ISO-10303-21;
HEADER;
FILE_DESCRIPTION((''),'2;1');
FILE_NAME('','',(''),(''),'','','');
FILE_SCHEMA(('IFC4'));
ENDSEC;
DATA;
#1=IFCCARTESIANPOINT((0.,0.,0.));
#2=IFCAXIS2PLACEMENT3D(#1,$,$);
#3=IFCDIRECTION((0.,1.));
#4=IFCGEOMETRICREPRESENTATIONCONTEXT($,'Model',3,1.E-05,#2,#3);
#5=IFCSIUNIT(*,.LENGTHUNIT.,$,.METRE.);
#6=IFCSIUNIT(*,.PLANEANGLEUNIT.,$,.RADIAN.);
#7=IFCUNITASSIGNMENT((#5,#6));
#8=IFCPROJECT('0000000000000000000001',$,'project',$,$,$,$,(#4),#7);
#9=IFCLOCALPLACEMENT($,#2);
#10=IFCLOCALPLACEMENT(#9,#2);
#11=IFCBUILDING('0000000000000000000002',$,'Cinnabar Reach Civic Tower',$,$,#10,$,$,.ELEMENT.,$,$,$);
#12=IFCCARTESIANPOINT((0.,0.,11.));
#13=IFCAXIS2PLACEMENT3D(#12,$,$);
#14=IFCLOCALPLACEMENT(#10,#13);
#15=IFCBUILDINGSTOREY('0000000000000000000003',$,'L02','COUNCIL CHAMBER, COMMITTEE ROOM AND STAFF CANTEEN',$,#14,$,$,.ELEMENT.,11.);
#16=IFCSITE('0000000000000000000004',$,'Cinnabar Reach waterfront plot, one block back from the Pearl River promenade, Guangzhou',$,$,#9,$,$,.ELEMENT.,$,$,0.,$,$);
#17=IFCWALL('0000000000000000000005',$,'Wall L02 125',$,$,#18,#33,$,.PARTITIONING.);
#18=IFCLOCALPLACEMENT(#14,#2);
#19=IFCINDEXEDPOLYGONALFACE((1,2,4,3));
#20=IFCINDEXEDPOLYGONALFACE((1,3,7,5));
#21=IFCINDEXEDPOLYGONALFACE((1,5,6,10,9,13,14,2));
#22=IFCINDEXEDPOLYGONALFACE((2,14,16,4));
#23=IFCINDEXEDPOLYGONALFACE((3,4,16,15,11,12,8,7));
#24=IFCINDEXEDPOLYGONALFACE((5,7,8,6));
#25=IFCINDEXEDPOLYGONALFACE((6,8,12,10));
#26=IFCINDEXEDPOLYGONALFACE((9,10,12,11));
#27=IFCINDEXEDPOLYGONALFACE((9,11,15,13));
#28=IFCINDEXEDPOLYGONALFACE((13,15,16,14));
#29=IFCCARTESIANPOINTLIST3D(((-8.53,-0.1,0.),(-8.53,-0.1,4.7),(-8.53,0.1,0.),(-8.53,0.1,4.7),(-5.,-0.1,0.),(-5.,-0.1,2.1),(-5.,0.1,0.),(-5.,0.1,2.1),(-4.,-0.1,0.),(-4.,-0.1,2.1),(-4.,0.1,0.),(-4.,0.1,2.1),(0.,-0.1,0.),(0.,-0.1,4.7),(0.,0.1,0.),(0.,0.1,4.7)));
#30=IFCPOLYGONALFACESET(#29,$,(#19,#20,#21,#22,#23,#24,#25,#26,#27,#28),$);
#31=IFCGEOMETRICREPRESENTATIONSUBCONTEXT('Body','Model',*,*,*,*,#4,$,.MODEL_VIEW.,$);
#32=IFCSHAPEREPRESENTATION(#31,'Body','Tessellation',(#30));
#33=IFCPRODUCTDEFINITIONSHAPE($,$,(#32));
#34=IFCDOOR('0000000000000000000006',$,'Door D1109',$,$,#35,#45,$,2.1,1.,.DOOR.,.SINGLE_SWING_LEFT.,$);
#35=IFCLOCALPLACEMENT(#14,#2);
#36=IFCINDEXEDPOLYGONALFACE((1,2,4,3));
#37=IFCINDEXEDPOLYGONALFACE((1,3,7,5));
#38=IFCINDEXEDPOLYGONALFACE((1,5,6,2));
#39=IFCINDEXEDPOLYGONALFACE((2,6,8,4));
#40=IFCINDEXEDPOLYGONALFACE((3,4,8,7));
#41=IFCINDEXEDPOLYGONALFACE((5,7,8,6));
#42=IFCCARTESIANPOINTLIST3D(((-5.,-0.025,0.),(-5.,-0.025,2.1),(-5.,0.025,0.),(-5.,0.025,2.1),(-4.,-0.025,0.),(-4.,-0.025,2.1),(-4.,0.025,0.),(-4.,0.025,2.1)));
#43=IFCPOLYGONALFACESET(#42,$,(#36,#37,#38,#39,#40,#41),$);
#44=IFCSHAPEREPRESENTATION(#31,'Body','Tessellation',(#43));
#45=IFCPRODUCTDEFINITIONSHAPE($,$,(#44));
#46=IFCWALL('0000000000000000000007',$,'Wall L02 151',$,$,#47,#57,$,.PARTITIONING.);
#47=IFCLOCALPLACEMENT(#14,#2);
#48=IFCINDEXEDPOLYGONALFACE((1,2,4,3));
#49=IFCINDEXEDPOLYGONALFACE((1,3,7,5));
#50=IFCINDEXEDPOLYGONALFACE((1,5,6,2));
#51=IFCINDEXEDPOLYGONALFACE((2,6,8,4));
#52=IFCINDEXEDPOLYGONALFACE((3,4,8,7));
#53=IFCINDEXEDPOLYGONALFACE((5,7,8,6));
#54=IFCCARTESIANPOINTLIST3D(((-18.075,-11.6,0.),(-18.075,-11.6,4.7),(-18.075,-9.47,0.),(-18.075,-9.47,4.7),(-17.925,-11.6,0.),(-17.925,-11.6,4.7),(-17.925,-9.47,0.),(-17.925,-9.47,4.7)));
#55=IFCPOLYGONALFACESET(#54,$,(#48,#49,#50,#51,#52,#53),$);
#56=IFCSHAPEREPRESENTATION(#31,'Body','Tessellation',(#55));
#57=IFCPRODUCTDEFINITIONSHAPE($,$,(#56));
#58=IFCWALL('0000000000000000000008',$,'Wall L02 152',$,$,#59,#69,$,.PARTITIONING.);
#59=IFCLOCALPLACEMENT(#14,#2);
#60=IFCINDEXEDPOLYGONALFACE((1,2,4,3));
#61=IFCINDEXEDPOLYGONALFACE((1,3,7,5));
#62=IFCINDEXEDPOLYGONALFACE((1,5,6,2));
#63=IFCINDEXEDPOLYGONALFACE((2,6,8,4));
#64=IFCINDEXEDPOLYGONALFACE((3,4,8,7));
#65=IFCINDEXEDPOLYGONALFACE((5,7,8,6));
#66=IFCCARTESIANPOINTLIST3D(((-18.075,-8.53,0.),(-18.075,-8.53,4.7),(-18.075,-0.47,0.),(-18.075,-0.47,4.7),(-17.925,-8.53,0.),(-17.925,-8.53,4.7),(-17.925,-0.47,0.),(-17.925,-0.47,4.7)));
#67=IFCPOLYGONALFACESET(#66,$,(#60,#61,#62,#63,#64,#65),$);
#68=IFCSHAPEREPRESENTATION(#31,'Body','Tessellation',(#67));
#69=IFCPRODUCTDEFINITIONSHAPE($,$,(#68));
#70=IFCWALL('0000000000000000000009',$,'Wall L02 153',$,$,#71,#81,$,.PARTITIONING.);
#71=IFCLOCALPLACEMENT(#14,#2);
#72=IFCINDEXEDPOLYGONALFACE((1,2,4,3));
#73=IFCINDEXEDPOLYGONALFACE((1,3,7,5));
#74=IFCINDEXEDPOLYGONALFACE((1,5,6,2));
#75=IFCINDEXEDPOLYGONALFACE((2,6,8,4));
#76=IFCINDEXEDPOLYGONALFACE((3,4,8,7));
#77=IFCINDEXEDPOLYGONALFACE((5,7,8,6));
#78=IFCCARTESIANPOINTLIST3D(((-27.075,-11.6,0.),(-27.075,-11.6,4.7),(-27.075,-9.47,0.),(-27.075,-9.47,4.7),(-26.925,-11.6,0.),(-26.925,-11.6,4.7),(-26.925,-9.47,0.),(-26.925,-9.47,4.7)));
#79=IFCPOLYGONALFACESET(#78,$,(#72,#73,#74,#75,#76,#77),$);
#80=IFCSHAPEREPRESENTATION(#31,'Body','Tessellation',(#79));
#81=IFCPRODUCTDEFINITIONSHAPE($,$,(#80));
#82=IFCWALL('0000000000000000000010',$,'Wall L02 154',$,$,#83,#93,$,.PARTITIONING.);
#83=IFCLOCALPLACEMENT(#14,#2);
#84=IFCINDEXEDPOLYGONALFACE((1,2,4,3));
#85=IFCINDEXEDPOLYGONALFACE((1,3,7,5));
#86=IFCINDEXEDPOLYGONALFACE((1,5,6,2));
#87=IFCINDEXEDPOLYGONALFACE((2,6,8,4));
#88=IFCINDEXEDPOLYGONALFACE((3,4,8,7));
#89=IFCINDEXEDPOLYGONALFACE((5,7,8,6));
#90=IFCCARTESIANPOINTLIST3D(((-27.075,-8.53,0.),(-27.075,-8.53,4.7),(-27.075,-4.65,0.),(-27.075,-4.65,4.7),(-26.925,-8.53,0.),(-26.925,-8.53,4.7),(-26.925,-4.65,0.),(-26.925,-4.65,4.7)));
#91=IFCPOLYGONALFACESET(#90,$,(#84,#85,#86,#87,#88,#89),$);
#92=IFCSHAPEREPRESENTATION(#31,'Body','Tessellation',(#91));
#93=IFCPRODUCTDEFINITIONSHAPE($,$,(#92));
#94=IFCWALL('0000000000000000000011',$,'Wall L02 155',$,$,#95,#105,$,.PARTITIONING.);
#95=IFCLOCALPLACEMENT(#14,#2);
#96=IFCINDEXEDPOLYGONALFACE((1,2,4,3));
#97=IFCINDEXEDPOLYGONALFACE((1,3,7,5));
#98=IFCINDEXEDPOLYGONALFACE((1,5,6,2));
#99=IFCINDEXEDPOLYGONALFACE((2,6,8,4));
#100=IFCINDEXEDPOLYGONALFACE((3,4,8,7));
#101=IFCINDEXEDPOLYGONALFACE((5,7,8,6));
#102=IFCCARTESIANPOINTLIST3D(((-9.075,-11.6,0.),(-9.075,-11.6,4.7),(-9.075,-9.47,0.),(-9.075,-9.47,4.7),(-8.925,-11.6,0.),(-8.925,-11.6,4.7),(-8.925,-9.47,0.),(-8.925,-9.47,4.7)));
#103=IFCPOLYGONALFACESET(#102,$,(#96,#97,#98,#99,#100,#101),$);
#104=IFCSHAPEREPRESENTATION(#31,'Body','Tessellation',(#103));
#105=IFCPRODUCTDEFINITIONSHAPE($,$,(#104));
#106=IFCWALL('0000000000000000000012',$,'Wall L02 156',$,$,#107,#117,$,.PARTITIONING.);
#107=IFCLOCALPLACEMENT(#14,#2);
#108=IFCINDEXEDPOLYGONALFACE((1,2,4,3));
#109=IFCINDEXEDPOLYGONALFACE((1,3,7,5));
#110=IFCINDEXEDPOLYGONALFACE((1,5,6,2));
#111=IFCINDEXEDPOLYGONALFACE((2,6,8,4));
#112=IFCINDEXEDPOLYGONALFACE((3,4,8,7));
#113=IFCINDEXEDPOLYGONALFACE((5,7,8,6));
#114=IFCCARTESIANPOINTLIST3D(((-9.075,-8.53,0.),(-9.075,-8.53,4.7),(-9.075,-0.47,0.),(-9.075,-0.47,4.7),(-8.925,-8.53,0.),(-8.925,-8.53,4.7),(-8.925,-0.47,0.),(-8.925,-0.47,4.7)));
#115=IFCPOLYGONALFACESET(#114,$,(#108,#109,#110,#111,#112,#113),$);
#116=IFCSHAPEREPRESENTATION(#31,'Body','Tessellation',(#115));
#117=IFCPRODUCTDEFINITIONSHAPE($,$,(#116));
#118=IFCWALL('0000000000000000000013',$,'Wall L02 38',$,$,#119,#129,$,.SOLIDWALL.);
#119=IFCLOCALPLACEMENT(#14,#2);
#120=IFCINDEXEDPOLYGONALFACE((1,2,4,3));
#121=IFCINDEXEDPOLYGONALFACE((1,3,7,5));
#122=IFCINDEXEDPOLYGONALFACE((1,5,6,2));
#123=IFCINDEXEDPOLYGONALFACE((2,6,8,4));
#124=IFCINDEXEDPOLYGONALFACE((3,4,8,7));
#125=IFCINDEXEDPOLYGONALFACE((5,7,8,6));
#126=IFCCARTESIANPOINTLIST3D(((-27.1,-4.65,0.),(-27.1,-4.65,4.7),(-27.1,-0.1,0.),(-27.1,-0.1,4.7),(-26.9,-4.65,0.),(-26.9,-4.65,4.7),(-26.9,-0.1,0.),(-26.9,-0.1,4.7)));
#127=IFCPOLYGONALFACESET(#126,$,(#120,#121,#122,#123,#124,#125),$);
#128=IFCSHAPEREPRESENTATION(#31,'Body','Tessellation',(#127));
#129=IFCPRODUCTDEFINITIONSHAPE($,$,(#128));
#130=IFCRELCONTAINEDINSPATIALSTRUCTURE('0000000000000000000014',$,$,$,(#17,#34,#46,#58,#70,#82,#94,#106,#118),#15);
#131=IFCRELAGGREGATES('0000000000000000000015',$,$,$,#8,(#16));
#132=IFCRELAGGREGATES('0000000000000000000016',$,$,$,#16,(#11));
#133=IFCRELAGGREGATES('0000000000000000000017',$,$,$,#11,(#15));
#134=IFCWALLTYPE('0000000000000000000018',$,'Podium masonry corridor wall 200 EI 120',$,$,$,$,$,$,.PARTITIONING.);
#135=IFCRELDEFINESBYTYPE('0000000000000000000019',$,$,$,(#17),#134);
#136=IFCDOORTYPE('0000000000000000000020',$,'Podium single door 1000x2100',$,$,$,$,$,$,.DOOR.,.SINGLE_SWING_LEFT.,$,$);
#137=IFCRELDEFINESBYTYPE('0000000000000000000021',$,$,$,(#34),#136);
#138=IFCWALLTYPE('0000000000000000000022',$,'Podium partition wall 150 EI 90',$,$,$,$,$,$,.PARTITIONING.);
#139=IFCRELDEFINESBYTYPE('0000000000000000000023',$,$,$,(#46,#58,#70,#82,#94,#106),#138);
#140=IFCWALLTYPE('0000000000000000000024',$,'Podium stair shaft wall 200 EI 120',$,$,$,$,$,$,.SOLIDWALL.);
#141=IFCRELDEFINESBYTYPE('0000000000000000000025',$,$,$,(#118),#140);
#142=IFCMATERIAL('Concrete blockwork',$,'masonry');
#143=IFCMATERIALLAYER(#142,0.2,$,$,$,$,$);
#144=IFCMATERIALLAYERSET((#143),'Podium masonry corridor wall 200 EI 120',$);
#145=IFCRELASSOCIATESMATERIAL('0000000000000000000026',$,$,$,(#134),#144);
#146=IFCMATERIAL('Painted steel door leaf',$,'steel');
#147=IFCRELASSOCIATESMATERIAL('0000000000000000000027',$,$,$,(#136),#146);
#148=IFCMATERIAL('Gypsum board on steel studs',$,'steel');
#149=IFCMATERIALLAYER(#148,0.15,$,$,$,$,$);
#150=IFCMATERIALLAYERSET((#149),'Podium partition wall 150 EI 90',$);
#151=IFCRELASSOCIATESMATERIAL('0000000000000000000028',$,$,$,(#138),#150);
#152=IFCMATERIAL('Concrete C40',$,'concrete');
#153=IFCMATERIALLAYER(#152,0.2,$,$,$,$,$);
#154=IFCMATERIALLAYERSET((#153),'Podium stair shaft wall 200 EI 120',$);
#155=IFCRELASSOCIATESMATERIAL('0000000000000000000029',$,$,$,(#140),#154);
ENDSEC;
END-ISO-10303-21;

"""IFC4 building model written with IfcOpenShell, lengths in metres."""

from ifc_helpers import new_model, si_unit, direction, frame, frame_2d, origin, place, context, subcontext, project, spatial, rectangle, extrude, material, layer, layer_set, type_object, element, fill, save


model = new_model("IFC4")

# Units and contexts
model_context = context("Model", 3, precision=1e-05, world=origin(), true_north=direction((0.0, 1.0)))
body_context = subcontext(model_context, "Body", "Model", "MODEL_VIEW")
ifc_project = project(units=[si_unit("LENGTHUNIT", "METRE"), si_unit("PLANEANGLEUNIT", "RADIAN")], contexts=[model_context])

# Site, building, storey
site_placement = place(None, origin())
site = spatial("IfcSite", under=ifc_project, at=site_placement, Name="Cinnabar Reach waterfront plot, one block back from the Pearl River promenade, Guangzhou", CompositionType="ELEMENT", RefElevation=0.0)
building_placement = place(site_placement, origin())
building = spatial("IfcBuilding", under=site, at=building_placement, Name="Cinnabar Reach Civic Tower", CompositionType="ELEMENT")
storey_placement = place(building_placement, frame((0.0, 0.0, 11.0)))
storey = spatial("IfcBuildingStorey", under=building, at=storey_placement, Name="L02", Description="COUNCIL CHAMBER, COMMITTEE ROOM AND STAFF CANTEEN", CompositionType="ELEMENT", Elevation=11.0)

# Shared definitions
ifc_material_1 = material(Name="Concrete C40", Category="concrete")

# Wall, opening, door
ifc_material_2 = material(Name="Concrete blockwork", Category="masonry")
ifc_layer_1 = layer(ifc_material_2, 0.2)
ifc_layer_set_1 = layer_set([ifc_layer_1], Name="Podium masonry corridor wall 200 EI 120")
wall_type_1 = type_object("IfcWallType", Name="Podium masonry corridor wall 200 EI 120", PredefinedType="PARTITIONING", material=ifc_layer_set_1)
ifc_material_3 = material(Name="Painted steel door leaf", Category="steel")
door_type = type_object("IfcDoorType", Name="Podium single door 1000x2100", OperationType="SINGLE_SWING_LEFT", PredefinedType="DOOR", material=ifc_material_3)
wall_1_placement = place(storey_placement, frame((-8.53, 0.0, 0.0), z_axis=(0.0, 0.0, 1.0), x_axis=(1.0, 0.0, 0.0)))
wall_1 = element("IfcWall", 1, at=wall_1_placement, inside=storey, type_object=wall_type_1, Name="Wall L02 125", PredefinedType="PARTITIONING", context=body_context, shape_type="SweptSolid", body=[
    extrude(rectangle(XDim=8.53, YDim=0.2, at=frame_2d((4.265, 0.0))), origin(), (0.0, 0.0, 1.0), 4.7),
])
opening_1_placement = place(wall_1_placement, frame((3.53, 0.0, 0.0)))
opening_1 = element("IfcOpeningElement", 2, at=opening_1_placement, cuts=wall_1, PredefinedType="OPENING", context=body_context, shape_type="SweptSolid", body=[
    extrude(rectangle(XDim=1.0, YDim=2.1, at=frame_2d((0.5, 1.05))), frame((0.0, 0.11, 0.0), z_axis=(0.0, -1.0, 0.0), x_axis=(1.0, 0.0, 0.0)), (0.0, 0.0, 1.0), 0.22),
])
door_1_placement = place(opening_1_placement, frame((1.0, 0.0, 0.0), z_axis=(0.0, 0.0, 1.0), x_axis=(-1.0, 0.0, 0.0)))
door_1 = element("IfcDoor", 3, at=door_1_placement, inside=storey, type_object=door_type, Name="Door D1109", OperationType="SINGLE_SWING_LEFT", OverallHeight=2.1, OverallWidth=1.0, PredefinedType="DOOR", context=body_context, shape_type="SweptSolid", body=[
    extrude(rectangle(XDim=1.0, YDim=2.1, at=frame_2d((0.5, 1.05))), frame((0.0, 0.025, 0.0), z_axis=(0.0, -1.0, 0.0), x_axis=(1.0, 0.0, 0.0)), (0.0, 0.0, 1.0), 0.05),
])
fill(opening_1, door_1)

# Walls
ifc_material_4 = material(Name="Gypsum board on steel studs", Category="steel")
ifc_layer_2 = layer(ifc_material_4, 0.15)
ifc_layer_set_2 = layer_set([ifc_layer_2], Name="Podium partition wall 150 EI 90")
wall_type_2 = type_object("IfcWallType", Name="Podium partition wall 150 EI 90", PredefinedType="PARTITIONING", material=ifc_layer_set_2)
wall_2_placement = place(storey_placement, frame((-18.0, -11.6, 0.0), z_axis=(0.0, 0.0, 1.0), x_axis=(0.0, 1.0, 0.0)))
element("IfcWall", 4, at=wall_2_placement, inside=storey, type_object=wall_type_2, Name="Wall L02 151", PredefinedType="PARTITIONING", context=body_context, shape_type="SweptSolid", body=[
    extrude(rectangle(XDim=2.13, YDim=0.15, at=frame_2d((1.065, 0.0))), origin(), (0.0, 0.0, 1.0), 4.7),
])
wall_3_placement = place(storey_placement, frame((-18.0, -8.53, 0.0), z_axis=(0.0, 0.0, 1.0), x_axis=(0.0, 1.0, 0.0)))
element("IfcWall", 5, at=wall_3_placement, inside=storey, type_object=wall_type_2, Name="Wall L02 152", PredefinedType="PARTITIONING", context=body_context, shape_type="SweptSolid", body=[
    extrude(rectangle(XDim=8.06, YDim=0.15, at=frame_2d((4.03, 0.0))), origin(), (0.0, 0.0, 1.0), 4.7),
])
wall_4_placement = place(storey_placement, frame((-27.0, -11.6, 0.0), z_axis=(0.0, 0.0, 1.0), x_axis=(0.0, 1.0, 0.0)))
element("IfcWall", 6, at=wall_4_placement, inside=storey, type_object=wall_type_2, Name="Wall L02 153", PredefinedType="PARTITIONING", context=body_context, shape_type="SweptSolid", body=[
    extrude(rectangle(XDim=2.13, YDim=0.15, at=frame_2d((1.065, 0.0))), origin(), (0.0, 0.0, 1.0), 4.7),
])
wall_5_placement = place(storey_placement, frame((-27.0, -8.53, 0.0), z_axis=(0.0, 0.0, 1.0), x_axis=(0.0, 1.0, 0.0)))
element("IfcWall", 7, at=wall_5_placement, inside=storey, type_object=wall_type_2, Name="Wall L02 154", PredefinedType="PARTITIONING", context=body_context, shape_type="SweptSolid", body=[
    extrude(rectangle(XDim=3.88, YDim=0.15, at=frame_2d((1.94, 0.0))), origin(), (0.0, 0.0, 1.0), 4.7),
])
wall_6_placement = place(storey_placement, frame((-9.0, -11.6, 0.0), z_axis=(0.0, 0.0, 1.0), x_axis=(0.0, 1.0, 0.0)))
element("IfcWall", 8, at=wall_6_placement, inside=storey, type_object=wall_type_2, Name="Wall L02 155", PredefinedType="PARTITIONING", context=body_context, shape_type="SweptSolid", body=[
    extrude(rectangle(XDim=2.13, YDim=0.15, at=frame_2d((1.065, 0.0))), origin(), (0.0, 0.0, 1.0), 4.7),
])
wall_7_placement = place(storey_placement, frame((-9.0, -8.53, 0.0), z_axis=(0.0, 0.0, 1.0), x_axis=(0.0, 1.0, 0.0)))
element("IfcWall", 9, at=wall_7_placement, inside=storey, type_object=wall_type_2, Name="Wall L02 156", PredefinedType="PARTITIONING", context=body_context, shape_type="SweptSolid", body=[
    extrude(rectangle(XDim=8.06, YDim=0.15, at=frame_2d((4.03, 0.0))), origin(), (0.0, 0.0, 1.0), 4.7),
])
ifc_layer_3 = layer(ifc_material_1, 0.2)
ifc_layer_set_3 = layer_set([ifc_layer_3], Name="Podium stair shaft wall 200 EI 120")
wall_type_3 = type_object("IfcWallType", Name="Podium stair shaft wall 200 EI 120", PredefinedType="SOLIDWALL", material=ifc_layer_set_3)
wall_8_placement = place(storey_placement, frame((-27.0, -4.65, 0.0), z_axis=(0.0, 0.0, 1.0), x_axis=(0.0, 1.0, 0.0)))
element("IfcWall", 10, at=wall_8_placement, inside=storey, type_object=wall_type_3, Name="Wall L02 38", PredefinedType="SOLIDWALL", context=body_context, shape_type="SweptSolid", body=[
    extrude(rectangle(XDim=4.55, YDim=0.2, at=frame_2d((2.275, 0.0))), origin(), (0.0, 0.0, 1.0), 4.7),
])

save(model, "model.ifc")
